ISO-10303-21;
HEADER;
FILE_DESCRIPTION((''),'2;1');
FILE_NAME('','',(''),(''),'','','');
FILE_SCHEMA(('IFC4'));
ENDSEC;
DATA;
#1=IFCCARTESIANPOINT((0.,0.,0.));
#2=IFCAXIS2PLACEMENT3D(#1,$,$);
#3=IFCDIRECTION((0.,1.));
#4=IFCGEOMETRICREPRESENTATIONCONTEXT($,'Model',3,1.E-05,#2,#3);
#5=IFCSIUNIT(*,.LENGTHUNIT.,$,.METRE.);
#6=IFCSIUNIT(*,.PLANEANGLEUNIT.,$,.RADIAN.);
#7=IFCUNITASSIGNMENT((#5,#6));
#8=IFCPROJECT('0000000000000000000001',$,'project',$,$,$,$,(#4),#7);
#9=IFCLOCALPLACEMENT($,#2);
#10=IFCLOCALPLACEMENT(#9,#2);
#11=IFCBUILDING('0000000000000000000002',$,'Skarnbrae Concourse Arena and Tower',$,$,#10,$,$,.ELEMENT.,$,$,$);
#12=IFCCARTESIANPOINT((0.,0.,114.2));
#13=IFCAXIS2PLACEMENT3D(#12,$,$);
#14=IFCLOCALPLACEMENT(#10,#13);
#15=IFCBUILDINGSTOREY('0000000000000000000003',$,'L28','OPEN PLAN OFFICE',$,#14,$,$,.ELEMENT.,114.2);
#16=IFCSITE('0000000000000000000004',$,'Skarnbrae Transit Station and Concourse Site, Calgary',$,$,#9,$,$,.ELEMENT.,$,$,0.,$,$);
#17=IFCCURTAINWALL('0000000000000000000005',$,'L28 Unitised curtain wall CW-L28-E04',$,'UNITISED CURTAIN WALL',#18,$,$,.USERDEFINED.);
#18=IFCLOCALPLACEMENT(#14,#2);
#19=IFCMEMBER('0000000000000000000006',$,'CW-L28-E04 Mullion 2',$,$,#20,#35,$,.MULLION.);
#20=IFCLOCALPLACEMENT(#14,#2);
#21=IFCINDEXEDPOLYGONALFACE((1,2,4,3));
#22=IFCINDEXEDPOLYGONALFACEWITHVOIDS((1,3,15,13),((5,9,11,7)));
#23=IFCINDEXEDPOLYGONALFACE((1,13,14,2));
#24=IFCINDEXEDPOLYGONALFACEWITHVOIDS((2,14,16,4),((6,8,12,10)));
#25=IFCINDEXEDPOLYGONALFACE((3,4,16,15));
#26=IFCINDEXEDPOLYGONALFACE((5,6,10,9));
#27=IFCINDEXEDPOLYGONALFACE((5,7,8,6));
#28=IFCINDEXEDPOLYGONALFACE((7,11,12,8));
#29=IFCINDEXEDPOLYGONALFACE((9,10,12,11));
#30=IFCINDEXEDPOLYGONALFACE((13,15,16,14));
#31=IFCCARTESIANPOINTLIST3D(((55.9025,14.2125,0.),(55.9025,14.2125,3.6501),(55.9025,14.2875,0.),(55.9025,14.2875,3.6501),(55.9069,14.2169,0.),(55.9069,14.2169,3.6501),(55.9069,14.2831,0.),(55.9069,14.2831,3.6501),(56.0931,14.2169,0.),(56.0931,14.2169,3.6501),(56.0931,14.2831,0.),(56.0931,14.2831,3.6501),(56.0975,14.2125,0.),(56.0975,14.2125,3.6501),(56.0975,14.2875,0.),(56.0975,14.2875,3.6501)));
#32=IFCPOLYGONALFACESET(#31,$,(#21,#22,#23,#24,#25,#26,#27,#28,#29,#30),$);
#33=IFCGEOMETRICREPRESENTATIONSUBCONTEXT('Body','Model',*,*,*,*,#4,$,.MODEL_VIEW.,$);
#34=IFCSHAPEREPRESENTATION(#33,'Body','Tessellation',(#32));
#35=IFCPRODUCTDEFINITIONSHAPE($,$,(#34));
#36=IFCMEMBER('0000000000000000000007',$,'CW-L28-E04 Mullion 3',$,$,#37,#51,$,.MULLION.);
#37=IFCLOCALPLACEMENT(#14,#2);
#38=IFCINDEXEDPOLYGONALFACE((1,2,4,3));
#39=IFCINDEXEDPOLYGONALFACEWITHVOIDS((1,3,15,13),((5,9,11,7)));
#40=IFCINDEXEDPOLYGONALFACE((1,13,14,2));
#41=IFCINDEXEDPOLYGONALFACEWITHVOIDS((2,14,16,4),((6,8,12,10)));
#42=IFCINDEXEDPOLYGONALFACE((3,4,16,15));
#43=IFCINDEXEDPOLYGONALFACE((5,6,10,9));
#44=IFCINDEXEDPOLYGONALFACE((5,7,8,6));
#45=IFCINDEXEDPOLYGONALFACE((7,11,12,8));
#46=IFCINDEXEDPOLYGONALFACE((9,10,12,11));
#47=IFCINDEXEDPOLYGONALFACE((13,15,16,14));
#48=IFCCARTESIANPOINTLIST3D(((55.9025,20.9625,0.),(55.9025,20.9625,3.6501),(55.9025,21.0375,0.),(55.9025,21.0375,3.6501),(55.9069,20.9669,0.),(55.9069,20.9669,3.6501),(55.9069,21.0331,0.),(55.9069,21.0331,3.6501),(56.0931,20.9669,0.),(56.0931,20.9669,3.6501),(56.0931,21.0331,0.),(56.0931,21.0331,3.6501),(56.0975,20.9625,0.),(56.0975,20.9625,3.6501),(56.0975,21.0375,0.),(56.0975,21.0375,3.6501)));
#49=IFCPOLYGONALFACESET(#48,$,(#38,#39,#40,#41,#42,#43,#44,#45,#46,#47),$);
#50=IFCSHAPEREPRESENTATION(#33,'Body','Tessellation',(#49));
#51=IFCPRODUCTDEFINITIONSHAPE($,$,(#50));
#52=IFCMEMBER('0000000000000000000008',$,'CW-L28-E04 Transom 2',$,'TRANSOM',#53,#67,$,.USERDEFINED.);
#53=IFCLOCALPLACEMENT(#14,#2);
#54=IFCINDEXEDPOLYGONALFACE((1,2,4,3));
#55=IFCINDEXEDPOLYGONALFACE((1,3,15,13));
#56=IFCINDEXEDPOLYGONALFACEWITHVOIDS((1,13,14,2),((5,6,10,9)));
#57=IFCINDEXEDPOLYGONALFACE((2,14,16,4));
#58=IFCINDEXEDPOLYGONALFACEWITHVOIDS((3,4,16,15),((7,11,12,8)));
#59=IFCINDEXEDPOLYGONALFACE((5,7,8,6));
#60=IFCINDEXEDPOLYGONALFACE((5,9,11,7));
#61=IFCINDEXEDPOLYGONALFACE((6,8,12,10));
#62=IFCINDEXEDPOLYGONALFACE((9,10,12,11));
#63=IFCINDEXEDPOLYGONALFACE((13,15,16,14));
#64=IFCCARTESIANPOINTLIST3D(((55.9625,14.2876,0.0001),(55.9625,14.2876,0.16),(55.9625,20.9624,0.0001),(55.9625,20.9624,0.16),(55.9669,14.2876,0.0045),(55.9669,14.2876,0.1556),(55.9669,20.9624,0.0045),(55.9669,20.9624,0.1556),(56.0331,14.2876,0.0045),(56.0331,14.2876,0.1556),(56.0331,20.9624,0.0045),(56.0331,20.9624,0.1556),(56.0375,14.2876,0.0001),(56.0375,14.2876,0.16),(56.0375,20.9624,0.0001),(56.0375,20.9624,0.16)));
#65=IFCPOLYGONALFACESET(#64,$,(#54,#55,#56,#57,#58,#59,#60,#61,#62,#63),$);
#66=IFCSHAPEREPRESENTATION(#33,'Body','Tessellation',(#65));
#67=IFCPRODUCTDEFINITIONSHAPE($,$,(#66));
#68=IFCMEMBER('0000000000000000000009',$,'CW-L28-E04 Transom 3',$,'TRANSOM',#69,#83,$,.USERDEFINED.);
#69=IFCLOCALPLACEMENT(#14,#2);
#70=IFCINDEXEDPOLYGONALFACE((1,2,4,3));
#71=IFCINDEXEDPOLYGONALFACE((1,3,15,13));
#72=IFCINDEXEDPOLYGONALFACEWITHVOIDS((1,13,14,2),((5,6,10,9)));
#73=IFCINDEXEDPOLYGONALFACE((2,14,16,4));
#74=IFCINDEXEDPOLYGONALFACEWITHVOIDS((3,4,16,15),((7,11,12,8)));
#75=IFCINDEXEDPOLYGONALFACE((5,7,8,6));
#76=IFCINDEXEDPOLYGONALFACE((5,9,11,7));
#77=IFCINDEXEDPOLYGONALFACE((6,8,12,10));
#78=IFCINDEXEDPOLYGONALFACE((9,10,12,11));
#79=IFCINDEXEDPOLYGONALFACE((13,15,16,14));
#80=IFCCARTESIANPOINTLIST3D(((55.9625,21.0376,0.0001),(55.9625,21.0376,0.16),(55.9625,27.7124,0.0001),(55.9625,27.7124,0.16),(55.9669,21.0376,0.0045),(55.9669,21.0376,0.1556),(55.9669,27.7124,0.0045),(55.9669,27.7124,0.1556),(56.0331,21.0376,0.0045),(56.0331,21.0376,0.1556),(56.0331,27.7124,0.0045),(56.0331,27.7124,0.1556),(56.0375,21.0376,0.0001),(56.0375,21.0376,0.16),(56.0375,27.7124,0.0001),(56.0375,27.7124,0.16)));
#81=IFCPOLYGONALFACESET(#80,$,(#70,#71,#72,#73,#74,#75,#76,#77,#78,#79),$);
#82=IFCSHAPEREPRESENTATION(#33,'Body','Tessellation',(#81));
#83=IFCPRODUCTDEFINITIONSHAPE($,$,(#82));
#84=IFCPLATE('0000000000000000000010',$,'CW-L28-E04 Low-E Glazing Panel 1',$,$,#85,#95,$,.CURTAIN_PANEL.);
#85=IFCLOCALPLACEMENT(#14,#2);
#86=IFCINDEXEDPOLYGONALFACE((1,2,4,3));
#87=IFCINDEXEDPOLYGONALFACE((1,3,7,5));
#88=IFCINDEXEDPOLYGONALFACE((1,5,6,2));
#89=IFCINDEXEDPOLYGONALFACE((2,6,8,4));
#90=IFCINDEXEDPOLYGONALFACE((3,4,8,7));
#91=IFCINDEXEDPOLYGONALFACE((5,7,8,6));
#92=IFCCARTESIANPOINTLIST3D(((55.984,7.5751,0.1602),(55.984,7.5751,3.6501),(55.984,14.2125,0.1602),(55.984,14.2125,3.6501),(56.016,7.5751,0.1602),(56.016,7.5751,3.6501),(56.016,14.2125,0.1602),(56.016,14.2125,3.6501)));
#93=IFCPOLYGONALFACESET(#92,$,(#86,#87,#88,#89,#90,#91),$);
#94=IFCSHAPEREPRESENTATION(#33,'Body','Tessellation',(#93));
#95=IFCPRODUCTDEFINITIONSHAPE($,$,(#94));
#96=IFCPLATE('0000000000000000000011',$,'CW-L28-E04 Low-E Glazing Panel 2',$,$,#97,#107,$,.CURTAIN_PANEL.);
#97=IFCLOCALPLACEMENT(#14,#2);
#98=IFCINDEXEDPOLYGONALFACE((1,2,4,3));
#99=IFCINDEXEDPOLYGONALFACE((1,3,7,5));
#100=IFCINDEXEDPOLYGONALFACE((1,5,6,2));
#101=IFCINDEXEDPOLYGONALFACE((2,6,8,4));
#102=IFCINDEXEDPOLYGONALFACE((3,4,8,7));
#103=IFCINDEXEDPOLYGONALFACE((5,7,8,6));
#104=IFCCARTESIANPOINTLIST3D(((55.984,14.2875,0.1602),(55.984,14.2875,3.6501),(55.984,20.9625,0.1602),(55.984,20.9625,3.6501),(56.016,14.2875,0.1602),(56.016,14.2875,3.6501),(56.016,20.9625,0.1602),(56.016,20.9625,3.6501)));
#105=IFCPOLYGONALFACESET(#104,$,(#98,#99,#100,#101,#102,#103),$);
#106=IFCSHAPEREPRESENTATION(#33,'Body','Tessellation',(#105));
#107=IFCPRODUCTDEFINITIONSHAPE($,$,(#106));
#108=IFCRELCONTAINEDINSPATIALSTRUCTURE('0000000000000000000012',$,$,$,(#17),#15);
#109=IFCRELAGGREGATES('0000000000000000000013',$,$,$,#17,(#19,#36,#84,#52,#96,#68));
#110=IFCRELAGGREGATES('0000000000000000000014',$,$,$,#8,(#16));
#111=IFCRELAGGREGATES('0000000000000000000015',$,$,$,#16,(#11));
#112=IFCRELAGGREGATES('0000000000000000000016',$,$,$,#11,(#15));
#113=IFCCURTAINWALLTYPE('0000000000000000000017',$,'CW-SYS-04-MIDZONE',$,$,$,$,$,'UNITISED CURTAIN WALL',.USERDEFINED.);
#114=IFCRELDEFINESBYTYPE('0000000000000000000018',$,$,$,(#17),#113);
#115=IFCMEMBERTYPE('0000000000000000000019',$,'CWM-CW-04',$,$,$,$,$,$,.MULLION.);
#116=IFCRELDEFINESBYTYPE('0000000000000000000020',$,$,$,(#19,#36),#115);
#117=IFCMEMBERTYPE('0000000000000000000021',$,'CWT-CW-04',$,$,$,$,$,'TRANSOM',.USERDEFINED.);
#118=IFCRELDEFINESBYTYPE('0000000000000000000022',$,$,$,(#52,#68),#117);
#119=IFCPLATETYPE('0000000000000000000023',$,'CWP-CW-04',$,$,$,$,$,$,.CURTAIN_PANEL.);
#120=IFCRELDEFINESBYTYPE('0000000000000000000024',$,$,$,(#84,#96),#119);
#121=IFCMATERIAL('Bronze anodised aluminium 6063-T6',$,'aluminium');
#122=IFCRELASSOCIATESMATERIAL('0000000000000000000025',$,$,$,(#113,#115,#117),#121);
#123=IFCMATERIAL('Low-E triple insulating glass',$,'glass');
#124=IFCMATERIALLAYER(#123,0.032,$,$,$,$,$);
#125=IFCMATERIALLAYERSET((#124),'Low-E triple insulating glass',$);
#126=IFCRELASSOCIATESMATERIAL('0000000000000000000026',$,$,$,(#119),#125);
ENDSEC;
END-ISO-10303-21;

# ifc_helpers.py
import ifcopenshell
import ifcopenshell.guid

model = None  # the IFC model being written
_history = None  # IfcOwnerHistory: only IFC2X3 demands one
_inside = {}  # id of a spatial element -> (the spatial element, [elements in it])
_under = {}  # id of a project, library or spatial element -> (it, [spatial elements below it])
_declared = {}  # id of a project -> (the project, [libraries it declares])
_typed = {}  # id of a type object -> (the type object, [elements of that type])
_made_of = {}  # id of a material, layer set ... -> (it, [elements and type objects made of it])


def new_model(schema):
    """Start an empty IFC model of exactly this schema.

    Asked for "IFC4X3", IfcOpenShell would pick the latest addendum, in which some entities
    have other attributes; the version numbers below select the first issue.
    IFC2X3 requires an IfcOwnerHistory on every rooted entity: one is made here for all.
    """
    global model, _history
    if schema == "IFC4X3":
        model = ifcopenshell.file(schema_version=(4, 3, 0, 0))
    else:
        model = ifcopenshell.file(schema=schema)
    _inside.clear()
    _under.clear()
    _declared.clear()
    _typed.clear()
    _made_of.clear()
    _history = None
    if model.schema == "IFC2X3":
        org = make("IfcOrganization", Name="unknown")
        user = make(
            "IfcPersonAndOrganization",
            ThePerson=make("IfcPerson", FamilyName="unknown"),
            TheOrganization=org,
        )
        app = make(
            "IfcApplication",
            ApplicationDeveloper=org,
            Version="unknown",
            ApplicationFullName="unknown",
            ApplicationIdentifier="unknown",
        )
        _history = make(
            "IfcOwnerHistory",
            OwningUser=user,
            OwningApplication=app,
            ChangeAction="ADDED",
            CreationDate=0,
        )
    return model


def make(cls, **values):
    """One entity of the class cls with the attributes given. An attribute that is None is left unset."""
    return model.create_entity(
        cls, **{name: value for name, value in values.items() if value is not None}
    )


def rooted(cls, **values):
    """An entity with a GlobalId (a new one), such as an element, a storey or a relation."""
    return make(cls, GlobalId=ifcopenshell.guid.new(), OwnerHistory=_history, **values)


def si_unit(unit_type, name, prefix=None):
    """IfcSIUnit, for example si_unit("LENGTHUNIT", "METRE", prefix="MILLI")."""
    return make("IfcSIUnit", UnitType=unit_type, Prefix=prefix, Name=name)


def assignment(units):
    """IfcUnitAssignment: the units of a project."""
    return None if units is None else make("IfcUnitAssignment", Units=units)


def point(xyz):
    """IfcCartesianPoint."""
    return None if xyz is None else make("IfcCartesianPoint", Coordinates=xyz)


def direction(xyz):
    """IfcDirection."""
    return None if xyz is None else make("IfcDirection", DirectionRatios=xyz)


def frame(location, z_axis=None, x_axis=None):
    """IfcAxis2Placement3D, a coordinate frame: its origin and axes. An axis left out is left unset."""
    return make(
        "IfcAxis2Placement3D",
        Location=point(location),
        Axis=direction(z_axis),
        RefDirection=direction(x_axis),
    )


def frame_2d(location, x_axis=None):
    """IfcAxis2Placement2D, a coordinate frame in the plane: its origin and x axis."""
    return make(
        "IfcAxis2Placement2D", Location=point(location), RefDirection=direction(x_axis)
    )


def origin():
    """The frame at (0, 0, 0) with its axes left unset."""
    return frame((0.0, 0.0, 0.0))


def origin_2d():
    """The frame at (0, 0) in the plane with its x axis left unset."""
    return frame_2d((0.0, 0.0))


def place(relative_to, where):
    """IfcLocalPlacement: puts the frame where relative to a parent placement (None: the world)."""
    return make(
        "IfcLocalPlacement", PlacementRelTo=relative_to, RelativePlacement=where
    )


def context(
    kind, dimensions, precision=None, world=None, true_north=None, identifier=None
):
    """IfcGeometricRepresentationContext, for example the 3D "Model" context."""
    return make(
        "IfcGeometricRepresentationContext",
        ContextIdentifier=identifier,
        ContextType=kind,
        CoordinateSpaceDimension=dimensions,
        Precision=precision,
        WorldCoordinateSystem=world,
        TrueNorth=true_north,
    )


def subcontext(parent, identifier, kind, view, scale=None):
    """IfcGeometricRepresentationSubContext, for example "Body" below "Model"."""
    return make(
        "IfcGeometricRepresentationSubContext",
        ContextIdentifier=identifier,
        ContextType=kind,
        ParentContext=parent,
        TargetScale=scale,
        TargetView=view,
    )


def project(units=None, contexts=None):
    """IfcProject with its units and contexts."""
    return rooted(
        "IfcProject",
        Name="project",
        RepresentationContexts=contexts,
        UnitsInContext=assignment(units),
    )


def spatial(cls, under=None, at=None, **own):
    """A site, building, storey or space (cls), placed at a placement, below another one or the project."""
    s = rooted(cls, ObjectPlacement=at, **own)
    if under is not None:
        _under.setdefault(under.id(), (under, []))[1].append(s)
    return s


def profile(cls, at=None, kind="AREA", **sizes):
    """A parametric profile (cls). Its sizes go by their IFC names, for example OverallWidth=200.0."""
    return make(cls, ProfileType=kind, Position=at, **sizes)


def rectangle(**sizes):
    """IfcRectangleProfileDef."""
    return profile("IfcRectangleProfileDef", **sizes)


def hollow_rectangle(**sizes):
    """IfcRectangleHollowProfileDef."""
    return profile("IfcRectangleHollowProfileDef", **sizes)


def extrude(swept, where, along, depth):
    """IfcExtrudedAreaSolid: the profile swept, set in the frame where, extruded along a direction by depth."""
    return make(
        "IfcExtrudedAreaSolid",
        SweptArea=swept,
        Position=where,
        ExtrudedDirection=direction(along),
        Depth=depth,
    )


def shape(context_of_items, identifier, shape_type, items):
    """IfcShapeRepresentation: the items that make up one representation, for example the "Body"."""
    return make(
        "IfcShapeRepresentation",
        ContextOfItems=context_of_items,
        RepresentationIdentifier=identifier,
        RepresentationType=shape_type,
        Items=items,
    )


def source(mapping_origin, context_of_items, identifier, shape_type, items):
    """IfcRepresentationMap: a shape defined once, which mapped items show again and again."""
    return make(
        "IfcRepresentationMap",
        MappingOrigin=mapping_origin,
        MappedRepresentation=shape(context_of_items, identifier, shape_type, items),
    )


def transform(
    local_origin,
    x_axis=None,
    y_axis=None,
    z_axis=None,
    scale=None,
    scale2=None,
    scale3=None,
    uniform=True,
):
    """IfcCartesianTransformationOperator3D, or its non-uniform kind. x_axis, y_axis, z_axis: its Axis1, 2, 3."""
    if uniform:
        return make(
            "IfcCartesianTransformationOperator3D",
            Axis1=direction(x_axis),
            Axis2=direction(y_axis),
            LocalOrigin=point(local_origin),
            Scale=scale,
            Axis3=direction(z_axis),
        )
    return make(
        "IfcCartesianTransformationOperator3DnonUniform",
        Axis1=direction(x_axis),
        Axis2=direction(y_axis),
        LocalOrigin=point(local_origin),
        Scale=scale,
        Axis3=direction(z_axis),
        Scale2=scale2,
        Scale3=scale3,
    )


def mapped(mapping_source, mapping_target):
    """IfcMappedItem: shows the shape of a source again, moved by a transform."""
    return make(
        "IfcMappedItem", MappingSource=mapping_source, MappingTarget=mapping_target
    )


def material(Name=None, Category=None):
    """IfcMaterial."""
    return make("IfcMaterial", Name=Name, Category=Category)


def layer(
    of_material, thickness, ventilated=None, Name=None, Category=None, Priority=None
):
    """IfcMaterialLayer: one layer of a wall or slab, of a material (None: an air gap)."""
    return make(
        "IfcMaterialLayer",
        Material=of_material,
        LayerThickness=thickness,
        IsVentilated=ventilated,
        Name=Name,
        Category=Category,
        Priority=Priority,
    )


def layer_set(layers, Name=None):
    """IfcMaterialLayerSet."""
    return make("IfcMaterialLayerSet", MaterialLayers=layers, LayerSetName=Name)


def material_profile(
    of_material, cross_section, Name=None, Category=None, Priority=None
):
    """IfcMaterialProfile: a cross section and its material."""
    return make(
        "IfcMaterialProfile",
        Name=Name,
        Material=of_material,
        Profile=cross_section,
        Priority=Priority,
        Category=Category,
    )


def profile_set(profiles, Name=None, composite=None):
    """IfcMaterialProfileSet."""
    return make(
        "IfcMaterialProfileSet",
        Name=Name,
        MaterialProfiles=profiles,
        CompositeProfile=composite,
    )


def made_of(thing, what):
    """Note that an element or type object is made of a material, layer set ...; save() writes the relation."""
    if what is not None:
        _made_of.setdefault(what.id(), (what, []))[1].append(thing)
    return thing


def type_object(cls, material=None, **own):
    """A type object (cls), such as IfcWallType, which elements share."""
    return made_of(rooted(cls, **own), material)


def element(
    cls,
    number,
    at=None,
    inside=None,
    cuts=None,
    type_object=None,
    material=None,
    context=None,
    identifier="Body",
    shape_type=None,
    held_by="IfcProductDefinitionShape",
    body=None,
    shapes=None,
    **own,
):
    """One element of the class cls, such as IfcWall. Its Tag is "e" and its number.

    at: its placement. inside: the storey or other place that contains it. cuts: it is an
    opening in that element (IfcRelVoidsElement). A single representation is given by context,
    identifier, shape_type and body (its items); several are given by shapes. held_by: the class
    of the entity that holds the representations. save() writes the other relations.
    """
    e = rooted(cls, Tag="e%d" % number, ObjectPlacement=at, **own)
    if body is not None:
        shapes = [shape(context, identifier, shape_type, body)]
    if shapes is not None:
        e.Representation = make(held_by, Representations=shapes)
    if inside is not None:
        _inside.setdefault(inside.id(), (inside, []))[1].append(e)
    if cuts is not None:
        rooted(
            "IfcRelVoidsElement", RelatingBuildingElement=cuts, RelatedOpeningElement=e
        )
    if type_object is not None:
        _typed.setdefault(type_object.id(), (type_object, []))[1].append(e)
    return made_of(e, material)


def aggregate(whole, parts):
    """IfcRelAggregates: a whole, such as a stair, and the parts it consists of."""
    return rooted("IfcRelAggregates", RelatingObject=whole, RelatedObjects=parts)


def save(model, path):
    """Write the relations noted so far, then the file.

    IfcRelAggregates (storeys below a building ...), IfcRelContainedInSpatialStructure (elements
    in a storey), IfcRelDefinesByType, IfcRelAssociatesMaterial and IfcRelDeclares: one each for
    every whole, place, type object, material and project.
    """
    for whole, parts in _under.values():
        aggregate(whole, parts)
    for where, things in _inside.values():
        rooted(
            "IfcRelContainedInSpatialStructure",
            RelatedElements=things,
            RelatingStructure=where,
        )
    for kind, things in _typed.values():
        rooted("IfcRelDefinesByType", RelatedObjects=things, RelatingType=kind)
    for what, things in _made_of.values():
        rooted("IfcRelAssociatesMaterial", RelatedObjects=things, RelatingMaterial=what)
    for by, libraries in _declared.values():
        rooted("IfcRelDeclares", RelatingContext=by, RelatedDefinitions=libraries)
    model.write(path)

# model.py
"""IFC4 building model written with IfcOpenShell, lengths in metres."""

from ifc_helpers import new_model, si_unit, direction, frame, origin, origin_2d, place, context, subcontext, project, spatial, rectangle, hollow_rectangle, extrude, source, transform, mapped, material, layer, layer_set, material_profile, profile_set, type_object, element, aggregate, save


model = new_model("IFC4")

# Units and contexts
model_context = context("Model", 3, precision=1e-05, world=origin(), true_north=direction((0.0, 1.0)))
body_context = subcontext(model_context, "Body", "Model", "MODEL_VIEW")
ifc_project = project(units=[si_unit("LENGTHUNIT", "METRE"), si_unit("PLANEANGLEUNIT", "RADIAN")], contexts=[model_context])

# Site, building, storey
site_placement = place(None, origin())
site = spatial("IfcSite", under=ifc_project, at=site_placement, Name="Skarnbrae Transit Station and Concourse Site, Calgary", CompositionType="ELEMENT", RefElevation=0.0)
building_placement = place(site_placement, origin())
building = spatial("IfcBuilding", under=site, at=building_placement, Name="Skarnbrae Concourse Arena and Tower", CompositionType="ELEMENT")
storey_placement = place(building_placement, frame((0.0, 0.0, 114.2)))
storey = spatial("IfcBuildingStorey", under=building, at=storey_placement, Name="L28", Description="OPEN PLAN OFFICE", CompositionType="ELEMENT", Elevation=114.2)

# Curtain wall, members, plates
ifc_material_1 = material(Name="Bronze anodised aluminium 6063-T6", Category="aluminium")
curtain_wall_type = type_object("IfcCurtainWallType", Name="CW-SYS-04-MIDZONE", ElementType="UNITISED CURTAIN WALL", PredefinedType="USERDEFINED", material=ifc_material_1)
curtain_wall_placement = place(storey_placement, origin())
curtain_wall = element("IfcCurtainWall", 1, at=curtain_wall_placement, inside=storey, type_object=curtain_wall_type, Name="L28 Unitised curtain wall CW-L28-E04", ObjectType="UNITISED CURTAIN WALL", PredefinedType="USERDEFINED")
ifc_material_profile_1 = material_profile(ifc_material_1, hollow_rectangle(XDim=0.075, YDim=0.1951, WallThickness=0.0044, at=origin_2d()), Name="ALU-MULL-75X195")
ifc_profile_set_1 = profile_set([ifc_material_profile_1], Name="Bronze anodised aluminium 6063-T6")
member_type_1 = type_object("IfcMemberType", Name="CWM-CW-04", PredefinedType="MULLION", material=ifc_profile_set_1)
shared_shape_1 = source(origin(), body_context, "Body", "SweptSolid", [
    extrude(hollow_rectangle(XDim=0.075, YDim=0.1951, WallThickness=0.0044, at=origin_2d()), origin(), (0.0, 0.0, 1.0), 3.6501),
])
member_1_placement = place(storey_placement, frame((56.0, 14.25, 0.0), z_axis=(0.0, 0.0, 1.0), x_axis=(0.0, 1.0, 0.0)))
member_1 = element("IfcMember", 2, at=member_1_placement, type_object=member_type_1, Name="CW-L28-E04 Mullion 2", PredefinedType="MULLION", context=body_context, shape_type="MappedRepresentation", body=[
    mapped(shared_shape_1, transform((0.0, 0.0, 0.0))),
])
member_2_placement = place(storey_placement, frame((56.0, 21.0, 0.0), z_axis=(0.0, 0.0, 1.0), x_axis=(0.0, 1.0, 0.0)))
member_2 = element("IfcMember", 3, at=member_2_placement, type_object=member_type_1, Name="CW-L28-E04 Mullion 3", PredefinedType="MULLION", context=body_context, shape_type="MappedRepresentation", body=[
    mapped(shared_shape_1, transform((0.0, 0.0, 0.0))),
])
ifc_material_profile_2 = material_profile(ifc_material_1, hollow_rectangle(XDim=0.075, YDim=0.1599, WallThickness=0.0044, at=origin_2d()), Name="ALU-TRAN-75X160")
ifc_profile_set_2 = profile_set([ifc_material_profile_2], Name="Bronze anodised aluminium 6063-T6")
member_type_2 = type_object("IfcMemberType", Name="CWT-CW-04", ElementType="TRANSOM", PredefinedType="USERDEFINED", material=ifc_profile_set_2)
shared_shape_2 = source(origin(), body_context, "Body", "SweptSolid", [
    extrude(hollow_rectangle(XDim=0.075, YDim=0.1599, WallThickness=0.0044, at=origin_2d()), origin(), (0.0, 0.0, 1.0), 6.6748),
])
member_3_placement = place(storey_placement, frame((56.0, 14.2876, 0.0801), z_axis=(0.0, 1.0, 0.0), x_axis=(-1.0, 0.0, 0.0)))
member_3 = element("IfcMember", 4, at=member_3_placement, type_object=member_type_2, Name="CW-L28-E04 Transom 2", ObjectType="TRANSOM", PredefinedType="USERDEFINED", context=body_context, shape_type="MappedRepresentation", body=[
    mapped(shared_shape_2, transform((0.0, 0.0, 0.0))),
])
member_4_placement = place(storey_placement, frame((56.0, 21.0376, 0.0801), z_axis=(0.0, 1.0, 0.0), x_axis=(-1.0, 0.0, 0.0)))
member_4 = element("IfcMember", 5, at=member_4_placement, type_object=member_type_2, Name="CW-L28-E04 Transom 3", ObjectType="TRANSOM", PredefinedType="USERDEFINED", context=body_context, shape_type="MappedRepresentation", body=[
    mapped(shared_shape_2, transform((0.0, 0.0, 0.0))),
])
ifc_material_2 = material(Name="Low-E triple insulating glass", Category="glass")
ifc_layer = layer(ifc_material_2, 0.032)
ifc_layer_set = layer_set([ifc_layer], Name="Low-E triple insulating glass")
plate_type = type_object("IfcPlateType", Name="CWP-CW-04", PredefinedType="CURTAIN_PANEL", material=ifc_layer_set)
shared_shape_3 = source(origin(), body_context, "Body", "SweptSolid", [
    extrude(rectangle(XDim=6.6375, YDim=0.032, at=origin_2d()), origin(), (0.0, 0.0, 1.0), 3.49),
])
plate_1_placement = place(storey_placement, frame((56.0, 10.8938, 0.1602), z_axis=(0.0, 0.0, 1.0), x_axis=(0.0, 1.0, 0.0)))
plate_1 = element("IfcPlate", 6, at=plate_1_placement, type_object=plate_type, Name="CW-L28-E04 Low-E Glazing Panel 1", PredefinedType="CURTAIN_PANEL", context=body_context, shape_type="MappedRepresentation", body=[
    mapped(shared_shape_3, transform((0.0, 0.0, 0.0))),
])
shared_shape_4 = source(origin(), body_context, "Body", "SweptSolid", [
    extrude(rectangle(XDim=6.675, YDim=0.032, at=origin_2d()), origin(), (0.0, 0.0, 1.0), 3.49),
])
plate_2_placement = place(storey_placement, frame((56.0, 17.625, 0.1602), z_axis=(0.0, 0.0, 1.0), x_axis=(0.0, 1.0, 0.0)))
plate_2 = element("IfcPlate", 7, at=plate_2_placement, type_object=plate_type, Name="CW-L28-E04 Low-E Glazing Panel 2", PredefinedType="CURTAIN_PANEL", context=body_context, shape_type="MappedRepresentation", body=[
    mapped(shared_shape_4, transform((0.0, 0.0, 0.0))),
])
aggregate(curtain_wall, [member_1, member_2, plate_1, member_3, plate_2, member_4])

save(model, "model.ifc")
